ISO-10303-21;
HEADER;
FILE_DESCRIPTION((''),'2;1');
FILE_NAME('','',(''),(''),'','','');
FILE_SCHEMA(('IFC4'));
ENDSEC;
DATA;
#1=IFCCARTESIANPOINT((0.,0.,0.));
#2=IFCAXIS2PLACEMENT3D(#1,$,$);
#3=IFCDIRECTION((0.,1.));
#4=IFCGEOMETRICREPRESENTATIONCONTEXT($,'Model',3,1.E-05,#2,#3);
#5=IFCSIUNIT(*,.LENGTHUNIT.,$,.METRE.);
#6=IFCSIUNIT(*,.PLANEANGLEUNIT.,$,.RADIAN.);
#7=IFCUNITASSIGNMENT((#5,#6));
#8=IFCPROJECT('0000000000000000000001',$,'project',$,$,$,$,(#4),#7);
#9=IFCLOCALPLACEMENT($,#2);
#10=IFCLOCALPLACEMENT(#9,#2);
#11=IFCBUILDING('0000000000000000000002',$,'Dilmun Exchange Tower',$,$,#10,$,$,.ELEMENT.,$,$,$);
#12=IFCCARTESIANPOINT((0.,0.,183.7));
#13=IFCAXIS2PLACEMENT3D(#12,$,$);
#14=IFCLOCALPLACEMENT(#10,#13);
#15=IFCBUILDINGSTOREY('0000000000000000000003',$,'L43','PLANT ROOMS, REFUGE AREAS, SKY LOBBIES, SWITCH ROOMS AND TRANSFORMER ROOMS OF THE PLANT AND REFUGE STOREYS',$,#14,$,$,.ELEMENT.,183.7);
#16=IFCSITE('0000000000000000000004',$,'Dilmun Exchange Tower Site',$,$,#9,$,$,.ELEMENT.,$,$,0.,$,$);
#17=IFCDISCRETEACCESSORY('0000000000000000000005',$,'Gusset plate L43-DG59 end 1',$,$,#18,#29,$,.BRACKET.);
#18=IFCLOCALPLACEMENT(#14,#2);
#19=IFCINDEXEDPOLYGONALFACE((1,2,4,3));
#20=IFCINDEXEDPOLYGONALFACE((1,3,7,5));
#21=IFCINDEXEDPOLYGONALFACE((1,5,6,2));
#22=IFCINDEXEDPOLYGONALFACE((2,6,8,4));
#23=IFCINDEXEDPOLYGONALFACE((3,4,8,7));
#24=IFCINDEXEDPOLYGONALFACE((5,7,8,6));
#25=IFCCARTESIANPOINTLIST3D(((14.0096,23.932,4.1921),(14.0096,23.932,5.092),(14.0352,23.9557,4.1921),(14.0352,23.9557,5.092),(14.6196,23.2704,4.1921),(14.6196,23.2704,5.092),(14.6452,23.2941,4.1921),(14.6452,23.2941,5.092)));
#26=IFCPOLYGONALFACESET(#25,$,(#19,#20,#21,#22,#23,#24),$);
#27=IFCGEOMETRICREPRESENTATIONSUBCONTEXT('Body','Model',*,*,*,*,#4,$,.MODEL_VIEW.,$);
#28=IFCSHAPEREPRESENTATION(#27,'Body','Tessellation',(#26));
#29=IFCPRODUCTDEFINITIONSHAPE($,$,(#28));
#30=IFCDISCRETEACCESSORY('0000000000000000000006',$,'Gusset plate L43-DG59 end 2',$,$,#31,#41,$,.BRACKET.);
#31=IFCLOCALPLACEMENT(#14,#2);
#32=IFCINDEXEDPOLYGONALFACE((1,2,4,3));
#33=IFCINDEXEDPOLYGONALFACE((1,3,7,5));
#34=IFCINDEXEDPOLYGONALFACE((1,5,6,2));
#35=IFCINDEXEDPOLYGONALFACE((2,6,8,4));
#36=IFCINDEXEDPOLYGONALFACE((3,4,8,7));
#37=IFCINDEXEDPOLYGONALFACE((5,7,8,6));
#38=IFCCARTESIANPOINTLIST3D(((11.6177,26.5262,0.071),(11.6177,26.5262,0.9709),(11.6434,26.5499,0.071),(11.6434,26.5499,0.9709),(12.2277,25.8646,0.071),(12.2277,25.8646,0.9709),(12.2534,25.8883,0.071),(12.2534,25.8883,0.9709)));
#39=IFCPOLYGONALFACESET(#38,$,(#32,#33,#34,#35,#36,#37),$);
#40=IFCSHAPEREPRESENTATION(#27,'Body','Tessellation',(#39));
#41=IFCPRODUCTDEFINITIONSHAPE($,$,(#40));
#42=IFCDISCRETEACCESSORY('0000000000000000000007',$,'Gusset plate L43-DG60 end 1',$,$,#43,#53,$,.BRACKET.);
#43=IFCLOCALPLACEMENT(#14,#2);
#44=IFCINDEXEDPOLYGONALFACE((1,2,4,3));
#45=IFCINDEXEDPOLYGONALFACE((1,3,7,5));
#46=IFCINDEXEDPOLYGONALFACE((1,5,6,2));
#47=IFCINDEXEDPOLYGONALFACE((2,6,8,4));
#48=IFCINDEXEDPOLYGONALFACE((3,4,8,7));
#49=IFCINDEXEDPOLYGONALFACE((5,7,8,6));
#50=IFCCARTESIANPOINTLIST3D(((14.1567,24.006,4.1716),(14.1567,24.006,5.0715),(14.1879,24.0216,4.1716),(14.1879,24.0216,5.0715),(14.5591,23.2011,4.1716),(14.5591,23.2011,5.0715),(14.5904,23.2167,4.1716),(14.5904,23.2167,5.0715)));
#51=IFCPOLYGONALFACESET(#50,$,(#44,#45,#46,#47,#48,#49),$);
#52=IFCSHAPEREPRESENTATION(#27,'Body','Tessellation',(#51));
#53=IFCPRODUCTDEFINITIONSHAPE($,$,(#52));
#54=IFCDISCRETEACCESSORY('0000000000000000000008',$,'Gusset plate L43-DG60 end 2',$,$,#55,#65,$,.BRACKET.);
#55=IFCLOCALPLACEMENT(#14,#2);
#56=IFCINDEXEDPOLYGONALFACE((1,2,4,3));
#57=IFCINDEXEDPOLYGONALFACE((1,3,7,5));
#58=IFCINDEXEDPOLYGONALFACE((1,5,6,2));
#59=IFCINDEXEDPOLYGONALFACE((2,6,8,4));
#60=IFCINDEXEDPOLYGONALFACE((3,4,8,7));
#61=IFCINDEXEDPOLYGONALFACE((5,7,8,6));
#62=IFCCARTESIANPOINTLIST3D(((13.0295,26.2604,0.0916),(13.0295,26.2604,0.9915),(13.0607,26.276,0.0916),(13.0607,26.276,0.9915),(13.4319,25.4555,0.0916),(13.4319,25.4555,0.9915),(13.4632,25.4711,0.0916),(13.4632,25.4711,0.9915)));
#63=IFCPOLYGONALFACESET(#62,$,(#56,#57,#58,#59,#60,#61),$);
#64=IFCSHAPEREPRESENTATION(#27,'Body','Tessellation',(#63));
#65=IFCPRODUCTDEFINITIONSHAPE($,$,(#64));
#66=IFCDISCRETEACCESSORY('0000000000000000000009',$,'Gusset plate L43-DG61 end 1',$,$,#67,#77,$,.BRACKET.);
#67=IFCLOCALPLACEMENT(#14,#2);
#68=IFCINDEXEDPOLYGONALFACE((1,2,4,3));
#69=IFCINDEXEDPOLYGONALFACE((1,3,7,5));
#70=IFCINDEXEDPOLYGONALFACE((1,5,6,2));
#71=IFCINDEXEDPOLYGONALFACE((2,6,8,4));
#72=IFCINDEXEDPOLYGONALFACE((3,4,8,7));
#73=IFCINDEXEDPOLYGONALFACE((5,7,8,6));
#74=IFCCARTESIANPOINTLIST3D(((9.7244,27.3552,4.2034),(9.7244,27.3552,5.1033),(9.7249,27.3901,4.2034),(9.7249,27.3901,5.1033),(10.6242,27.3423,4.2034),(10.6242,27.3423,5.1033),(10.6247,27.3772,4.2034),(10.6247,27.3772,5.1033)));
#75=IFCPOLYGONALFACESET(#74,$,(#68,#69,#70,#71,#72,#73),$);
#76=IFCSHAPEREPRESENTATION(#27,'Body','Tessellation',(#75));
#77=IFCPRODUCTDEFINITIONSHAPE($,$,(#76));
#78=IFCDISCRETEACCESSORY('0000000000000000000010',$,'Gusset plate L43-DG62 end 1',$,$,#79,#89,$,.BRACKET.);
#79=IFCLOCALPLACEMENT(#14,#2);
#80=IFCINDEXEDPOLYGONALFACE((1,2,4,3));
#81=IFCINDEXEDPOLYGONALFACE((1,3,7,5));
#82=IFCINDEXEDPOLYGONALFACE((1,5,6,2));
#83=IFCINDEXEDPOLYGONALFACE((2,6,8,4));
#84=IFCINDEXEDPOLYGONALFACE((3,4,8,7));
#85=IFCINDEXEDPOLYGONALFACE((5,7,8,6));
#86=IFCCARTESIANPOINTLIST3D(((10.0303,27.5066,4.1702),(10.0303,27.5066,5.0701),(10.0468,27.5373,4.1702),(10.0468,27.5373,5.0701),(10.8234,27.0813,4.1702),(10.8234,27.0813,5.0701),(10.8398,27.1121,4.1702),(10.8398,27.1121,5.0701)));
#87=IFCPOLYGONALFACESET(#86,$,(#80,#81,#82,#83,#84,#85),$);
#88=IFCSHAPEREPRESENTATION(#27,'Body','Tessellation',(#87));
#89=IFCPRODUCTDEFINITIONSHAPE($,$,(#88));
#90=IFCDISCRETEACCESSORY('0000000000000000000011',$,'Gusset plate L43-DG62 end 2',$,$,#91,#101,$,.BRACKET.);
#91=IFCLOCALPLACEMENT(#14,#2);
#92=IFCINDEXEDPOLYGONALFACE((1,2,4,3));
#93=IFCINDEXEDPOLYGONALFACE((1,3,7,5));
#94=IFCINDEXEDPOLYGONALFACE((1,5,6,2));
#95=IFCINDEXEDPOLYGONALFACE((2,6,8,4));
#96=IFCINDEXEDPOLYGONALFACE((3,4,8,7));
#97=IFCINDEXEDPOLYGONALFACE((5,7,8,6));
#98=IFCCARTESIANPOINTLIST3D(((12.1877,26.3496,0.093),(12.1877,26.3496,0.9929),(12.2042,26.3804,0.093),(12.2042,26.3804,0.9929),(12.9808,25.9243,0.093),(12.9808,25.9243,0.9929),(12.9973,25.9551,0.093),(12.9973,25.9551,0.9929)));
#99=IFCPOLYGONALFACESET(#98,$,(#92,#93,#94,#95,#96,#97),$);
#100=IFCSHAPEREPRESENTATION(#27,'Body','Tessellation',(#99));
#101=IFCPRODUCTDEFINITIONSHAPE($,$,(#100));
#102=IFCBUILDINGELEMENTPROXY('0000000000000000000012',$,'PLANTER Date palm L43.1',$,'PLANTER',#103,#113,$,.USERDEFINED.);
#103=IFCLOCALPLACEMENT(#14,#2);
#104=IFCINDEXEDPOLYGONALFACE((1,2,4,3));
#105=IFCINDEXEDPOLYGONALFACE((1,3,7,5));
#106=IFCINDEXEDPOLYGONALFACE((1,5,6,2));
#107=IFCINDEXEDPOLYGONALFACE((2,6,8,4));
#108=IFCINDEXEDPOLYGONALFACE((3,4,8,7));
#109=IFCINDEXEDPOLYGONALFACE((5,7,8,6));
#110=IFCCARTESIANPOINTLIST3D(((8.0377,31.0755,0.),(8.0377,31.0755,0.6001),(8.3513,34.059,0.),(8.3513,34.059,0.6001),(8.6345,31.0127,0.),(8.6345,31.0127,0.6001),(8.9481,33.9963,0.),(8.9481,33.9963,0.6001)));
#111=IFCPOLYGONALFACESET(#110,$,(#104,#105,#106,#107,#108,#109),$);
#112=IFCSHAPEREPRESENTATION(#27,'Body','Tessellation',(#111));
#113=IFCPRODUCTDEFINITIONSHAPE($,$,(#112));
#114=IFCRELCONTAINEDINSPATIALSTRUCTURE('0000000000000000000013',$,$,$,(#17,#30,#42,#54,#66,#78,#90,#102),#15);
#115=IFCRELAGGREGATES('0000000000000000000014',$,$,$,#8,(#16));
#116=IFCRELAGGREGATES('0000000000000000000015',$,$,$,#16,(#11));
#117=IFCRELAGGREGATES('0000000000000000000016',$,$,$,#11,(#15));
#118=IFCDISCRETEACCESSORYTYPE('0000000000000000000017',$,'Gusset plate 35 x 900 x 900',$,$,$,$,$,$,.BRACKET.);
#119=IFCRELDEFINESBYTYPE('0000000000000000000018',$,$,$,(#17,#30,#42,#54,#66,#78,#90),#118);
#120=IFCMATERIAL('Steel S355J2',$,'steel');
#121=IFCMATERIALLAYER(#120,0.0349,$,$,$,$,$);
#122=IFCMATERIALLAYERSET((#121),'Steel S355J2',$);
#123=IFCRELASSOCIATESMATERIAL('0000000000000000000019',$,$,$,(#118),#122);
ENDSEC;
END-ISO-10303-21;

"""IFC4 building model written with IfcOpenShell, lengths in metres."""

from ifc_helpers import new_model, si_unit, direction, frame, origin, origin_2d, place, context, subcontext, project, spatial, rectangle, extrude, material, layer, layer_set, type_object, element, save


model = new_model("IFC4")

# Units and contexts
model_context = context("Model", 3, precision=1e-05, world=origin(), true_north=direction((0.0, 1.0)))
body_context = subcontext(model_context, "Body", "Model", "MODEL_VIEW")
ifc_project = project(units=[si_unit("LENGTHUNIT", "METRE"), si_unit("PLANEANGLEUNIT", "RADIAN")], contexts=[model_context])

# Site, building, storey
site_placement = place(None, origin())
site = spatial("IfcSite", under=ifc_project, at=site_placement, Name="Dilmun Exchange Tower Site", CompositionType="ELEMENT", RefElevation=0.0)
building_placement = place(site_placement, origin())
building = spatial("IfcBuilding", under=site, at=building_placement, Name="Dilmun Exchange Tower", CompositionType="ELEMENT")
storey_placement = place(building_placement, frame((0.0, 0.0, 183.7)))
storey = spatial("IfcBuildingStorey", under=building, at=storey_placement, Name="L43", Description="PLANT ROOMS, REFUGE AREAS, SKY LOBBIES, SWITCH ROOMS AND TRANSFORMER ROOMS OF THE PLANT AND REFUGE STOREYS", CompositionType="ELEMENT", Elevation=183.7)

# Discrete accessories
ifc_material_1 = material(Name="Steel S355J2", Category="steel")
ifc_layer_1 = layer(ifc_material_1, 0.0349)
ifc_layer_set_1 = layer_set([ifc_layer_1], Name="Steel S355J2")
discrete_accessory_type = type_object("IfcDiscreteAccessoryType", Name="Gusset plate 35 x 900 x 900", PredefinedType="BRACKET", material=ifc_layer_set_1)
for number, where, z_axis, x_axis, name in (
    (1, (14.3274, 23.613, 4.1921), (0.0, 0.0, 1.0), (-0.677856, 0.735195, 0.0), "Gusset plate L43-DG59 end 1"),
    (2, (11.9355, 26.2073, 0.071), (0.0, 0.0, 1.0), (-0.677856, 0.735195, 0.0), "Gusset plate L43-DG59 end 2"),
    (3, (14.3735, 23.6113, 4.1716), (0.0, 0.0, 1.0), (-0.447214, 0.894427, 0.0), "Gusset plate L43-DG60 end 1"),
    (4, (13.2463, 25.8657, 0.0916), (0.0, 0.0, 1.0), (-0.447214, 0.894427, 0.0), "Gusset plate L43-DG60 end 2"),
    (5, (10.1746, 27.3662, 4.2034), (0.0, 0.0, 1.0), (-0.999896, 0.014388, 0.0), "Gusset plate L43-DG61 end 1"),
    (6, (10.4351, 27.3093, 4.1702), (0.0, 0.0, 1.0), (0.8813, -0.472557, 0.0), "Gusset plate L43-DG62 end 1"),
    (7, (12.5925, 26.1523, 0.093), (0.0, 0.0, 1.0), (0.8813, -0.472557, 0.0), "Gusset plate L43-DG62 end 2"),
):
    element("IfcDiscreteAccessory", number, at=place(storey_placement, frame(where, z_axis=z_axis, x_axis=x_axis)), inside=storey, type_object=discrete_accessory_type, Name=name, PredefinedType="BRACKET", context=body_context, shape_type="SweptSolid", body=[
        extrude(rectangle(XDim=0.8999, YDim=0.0349, at=origin_2d()), origin(), (0.0, 0.0, 1.0), 0.8999),
    ])

# Building element proxy
proxy_placement = place(storey_placement, frame((8.4929, 32.5359, 0.0), z_axis=(0.0, 0.0, 1.0), x_axis=(0.104528, 0.994522, 0.0)))
element("IfcBuildingElementProxy", 8, at=proxy_placement, inside=storey, Name="PLANTER Date palm L43.1", ObjectType="PLANTER", PredefinedType="USERDEFINED", context=body_context, shape_type="SweptSolid", body=[
    extrude(rectangle(XDim=3.0, YDim=0.6001, at=origin_2d()), origin(), (0.0, 0.0, 1.0), 0.6001),
])

save(model, "model.ifc")
